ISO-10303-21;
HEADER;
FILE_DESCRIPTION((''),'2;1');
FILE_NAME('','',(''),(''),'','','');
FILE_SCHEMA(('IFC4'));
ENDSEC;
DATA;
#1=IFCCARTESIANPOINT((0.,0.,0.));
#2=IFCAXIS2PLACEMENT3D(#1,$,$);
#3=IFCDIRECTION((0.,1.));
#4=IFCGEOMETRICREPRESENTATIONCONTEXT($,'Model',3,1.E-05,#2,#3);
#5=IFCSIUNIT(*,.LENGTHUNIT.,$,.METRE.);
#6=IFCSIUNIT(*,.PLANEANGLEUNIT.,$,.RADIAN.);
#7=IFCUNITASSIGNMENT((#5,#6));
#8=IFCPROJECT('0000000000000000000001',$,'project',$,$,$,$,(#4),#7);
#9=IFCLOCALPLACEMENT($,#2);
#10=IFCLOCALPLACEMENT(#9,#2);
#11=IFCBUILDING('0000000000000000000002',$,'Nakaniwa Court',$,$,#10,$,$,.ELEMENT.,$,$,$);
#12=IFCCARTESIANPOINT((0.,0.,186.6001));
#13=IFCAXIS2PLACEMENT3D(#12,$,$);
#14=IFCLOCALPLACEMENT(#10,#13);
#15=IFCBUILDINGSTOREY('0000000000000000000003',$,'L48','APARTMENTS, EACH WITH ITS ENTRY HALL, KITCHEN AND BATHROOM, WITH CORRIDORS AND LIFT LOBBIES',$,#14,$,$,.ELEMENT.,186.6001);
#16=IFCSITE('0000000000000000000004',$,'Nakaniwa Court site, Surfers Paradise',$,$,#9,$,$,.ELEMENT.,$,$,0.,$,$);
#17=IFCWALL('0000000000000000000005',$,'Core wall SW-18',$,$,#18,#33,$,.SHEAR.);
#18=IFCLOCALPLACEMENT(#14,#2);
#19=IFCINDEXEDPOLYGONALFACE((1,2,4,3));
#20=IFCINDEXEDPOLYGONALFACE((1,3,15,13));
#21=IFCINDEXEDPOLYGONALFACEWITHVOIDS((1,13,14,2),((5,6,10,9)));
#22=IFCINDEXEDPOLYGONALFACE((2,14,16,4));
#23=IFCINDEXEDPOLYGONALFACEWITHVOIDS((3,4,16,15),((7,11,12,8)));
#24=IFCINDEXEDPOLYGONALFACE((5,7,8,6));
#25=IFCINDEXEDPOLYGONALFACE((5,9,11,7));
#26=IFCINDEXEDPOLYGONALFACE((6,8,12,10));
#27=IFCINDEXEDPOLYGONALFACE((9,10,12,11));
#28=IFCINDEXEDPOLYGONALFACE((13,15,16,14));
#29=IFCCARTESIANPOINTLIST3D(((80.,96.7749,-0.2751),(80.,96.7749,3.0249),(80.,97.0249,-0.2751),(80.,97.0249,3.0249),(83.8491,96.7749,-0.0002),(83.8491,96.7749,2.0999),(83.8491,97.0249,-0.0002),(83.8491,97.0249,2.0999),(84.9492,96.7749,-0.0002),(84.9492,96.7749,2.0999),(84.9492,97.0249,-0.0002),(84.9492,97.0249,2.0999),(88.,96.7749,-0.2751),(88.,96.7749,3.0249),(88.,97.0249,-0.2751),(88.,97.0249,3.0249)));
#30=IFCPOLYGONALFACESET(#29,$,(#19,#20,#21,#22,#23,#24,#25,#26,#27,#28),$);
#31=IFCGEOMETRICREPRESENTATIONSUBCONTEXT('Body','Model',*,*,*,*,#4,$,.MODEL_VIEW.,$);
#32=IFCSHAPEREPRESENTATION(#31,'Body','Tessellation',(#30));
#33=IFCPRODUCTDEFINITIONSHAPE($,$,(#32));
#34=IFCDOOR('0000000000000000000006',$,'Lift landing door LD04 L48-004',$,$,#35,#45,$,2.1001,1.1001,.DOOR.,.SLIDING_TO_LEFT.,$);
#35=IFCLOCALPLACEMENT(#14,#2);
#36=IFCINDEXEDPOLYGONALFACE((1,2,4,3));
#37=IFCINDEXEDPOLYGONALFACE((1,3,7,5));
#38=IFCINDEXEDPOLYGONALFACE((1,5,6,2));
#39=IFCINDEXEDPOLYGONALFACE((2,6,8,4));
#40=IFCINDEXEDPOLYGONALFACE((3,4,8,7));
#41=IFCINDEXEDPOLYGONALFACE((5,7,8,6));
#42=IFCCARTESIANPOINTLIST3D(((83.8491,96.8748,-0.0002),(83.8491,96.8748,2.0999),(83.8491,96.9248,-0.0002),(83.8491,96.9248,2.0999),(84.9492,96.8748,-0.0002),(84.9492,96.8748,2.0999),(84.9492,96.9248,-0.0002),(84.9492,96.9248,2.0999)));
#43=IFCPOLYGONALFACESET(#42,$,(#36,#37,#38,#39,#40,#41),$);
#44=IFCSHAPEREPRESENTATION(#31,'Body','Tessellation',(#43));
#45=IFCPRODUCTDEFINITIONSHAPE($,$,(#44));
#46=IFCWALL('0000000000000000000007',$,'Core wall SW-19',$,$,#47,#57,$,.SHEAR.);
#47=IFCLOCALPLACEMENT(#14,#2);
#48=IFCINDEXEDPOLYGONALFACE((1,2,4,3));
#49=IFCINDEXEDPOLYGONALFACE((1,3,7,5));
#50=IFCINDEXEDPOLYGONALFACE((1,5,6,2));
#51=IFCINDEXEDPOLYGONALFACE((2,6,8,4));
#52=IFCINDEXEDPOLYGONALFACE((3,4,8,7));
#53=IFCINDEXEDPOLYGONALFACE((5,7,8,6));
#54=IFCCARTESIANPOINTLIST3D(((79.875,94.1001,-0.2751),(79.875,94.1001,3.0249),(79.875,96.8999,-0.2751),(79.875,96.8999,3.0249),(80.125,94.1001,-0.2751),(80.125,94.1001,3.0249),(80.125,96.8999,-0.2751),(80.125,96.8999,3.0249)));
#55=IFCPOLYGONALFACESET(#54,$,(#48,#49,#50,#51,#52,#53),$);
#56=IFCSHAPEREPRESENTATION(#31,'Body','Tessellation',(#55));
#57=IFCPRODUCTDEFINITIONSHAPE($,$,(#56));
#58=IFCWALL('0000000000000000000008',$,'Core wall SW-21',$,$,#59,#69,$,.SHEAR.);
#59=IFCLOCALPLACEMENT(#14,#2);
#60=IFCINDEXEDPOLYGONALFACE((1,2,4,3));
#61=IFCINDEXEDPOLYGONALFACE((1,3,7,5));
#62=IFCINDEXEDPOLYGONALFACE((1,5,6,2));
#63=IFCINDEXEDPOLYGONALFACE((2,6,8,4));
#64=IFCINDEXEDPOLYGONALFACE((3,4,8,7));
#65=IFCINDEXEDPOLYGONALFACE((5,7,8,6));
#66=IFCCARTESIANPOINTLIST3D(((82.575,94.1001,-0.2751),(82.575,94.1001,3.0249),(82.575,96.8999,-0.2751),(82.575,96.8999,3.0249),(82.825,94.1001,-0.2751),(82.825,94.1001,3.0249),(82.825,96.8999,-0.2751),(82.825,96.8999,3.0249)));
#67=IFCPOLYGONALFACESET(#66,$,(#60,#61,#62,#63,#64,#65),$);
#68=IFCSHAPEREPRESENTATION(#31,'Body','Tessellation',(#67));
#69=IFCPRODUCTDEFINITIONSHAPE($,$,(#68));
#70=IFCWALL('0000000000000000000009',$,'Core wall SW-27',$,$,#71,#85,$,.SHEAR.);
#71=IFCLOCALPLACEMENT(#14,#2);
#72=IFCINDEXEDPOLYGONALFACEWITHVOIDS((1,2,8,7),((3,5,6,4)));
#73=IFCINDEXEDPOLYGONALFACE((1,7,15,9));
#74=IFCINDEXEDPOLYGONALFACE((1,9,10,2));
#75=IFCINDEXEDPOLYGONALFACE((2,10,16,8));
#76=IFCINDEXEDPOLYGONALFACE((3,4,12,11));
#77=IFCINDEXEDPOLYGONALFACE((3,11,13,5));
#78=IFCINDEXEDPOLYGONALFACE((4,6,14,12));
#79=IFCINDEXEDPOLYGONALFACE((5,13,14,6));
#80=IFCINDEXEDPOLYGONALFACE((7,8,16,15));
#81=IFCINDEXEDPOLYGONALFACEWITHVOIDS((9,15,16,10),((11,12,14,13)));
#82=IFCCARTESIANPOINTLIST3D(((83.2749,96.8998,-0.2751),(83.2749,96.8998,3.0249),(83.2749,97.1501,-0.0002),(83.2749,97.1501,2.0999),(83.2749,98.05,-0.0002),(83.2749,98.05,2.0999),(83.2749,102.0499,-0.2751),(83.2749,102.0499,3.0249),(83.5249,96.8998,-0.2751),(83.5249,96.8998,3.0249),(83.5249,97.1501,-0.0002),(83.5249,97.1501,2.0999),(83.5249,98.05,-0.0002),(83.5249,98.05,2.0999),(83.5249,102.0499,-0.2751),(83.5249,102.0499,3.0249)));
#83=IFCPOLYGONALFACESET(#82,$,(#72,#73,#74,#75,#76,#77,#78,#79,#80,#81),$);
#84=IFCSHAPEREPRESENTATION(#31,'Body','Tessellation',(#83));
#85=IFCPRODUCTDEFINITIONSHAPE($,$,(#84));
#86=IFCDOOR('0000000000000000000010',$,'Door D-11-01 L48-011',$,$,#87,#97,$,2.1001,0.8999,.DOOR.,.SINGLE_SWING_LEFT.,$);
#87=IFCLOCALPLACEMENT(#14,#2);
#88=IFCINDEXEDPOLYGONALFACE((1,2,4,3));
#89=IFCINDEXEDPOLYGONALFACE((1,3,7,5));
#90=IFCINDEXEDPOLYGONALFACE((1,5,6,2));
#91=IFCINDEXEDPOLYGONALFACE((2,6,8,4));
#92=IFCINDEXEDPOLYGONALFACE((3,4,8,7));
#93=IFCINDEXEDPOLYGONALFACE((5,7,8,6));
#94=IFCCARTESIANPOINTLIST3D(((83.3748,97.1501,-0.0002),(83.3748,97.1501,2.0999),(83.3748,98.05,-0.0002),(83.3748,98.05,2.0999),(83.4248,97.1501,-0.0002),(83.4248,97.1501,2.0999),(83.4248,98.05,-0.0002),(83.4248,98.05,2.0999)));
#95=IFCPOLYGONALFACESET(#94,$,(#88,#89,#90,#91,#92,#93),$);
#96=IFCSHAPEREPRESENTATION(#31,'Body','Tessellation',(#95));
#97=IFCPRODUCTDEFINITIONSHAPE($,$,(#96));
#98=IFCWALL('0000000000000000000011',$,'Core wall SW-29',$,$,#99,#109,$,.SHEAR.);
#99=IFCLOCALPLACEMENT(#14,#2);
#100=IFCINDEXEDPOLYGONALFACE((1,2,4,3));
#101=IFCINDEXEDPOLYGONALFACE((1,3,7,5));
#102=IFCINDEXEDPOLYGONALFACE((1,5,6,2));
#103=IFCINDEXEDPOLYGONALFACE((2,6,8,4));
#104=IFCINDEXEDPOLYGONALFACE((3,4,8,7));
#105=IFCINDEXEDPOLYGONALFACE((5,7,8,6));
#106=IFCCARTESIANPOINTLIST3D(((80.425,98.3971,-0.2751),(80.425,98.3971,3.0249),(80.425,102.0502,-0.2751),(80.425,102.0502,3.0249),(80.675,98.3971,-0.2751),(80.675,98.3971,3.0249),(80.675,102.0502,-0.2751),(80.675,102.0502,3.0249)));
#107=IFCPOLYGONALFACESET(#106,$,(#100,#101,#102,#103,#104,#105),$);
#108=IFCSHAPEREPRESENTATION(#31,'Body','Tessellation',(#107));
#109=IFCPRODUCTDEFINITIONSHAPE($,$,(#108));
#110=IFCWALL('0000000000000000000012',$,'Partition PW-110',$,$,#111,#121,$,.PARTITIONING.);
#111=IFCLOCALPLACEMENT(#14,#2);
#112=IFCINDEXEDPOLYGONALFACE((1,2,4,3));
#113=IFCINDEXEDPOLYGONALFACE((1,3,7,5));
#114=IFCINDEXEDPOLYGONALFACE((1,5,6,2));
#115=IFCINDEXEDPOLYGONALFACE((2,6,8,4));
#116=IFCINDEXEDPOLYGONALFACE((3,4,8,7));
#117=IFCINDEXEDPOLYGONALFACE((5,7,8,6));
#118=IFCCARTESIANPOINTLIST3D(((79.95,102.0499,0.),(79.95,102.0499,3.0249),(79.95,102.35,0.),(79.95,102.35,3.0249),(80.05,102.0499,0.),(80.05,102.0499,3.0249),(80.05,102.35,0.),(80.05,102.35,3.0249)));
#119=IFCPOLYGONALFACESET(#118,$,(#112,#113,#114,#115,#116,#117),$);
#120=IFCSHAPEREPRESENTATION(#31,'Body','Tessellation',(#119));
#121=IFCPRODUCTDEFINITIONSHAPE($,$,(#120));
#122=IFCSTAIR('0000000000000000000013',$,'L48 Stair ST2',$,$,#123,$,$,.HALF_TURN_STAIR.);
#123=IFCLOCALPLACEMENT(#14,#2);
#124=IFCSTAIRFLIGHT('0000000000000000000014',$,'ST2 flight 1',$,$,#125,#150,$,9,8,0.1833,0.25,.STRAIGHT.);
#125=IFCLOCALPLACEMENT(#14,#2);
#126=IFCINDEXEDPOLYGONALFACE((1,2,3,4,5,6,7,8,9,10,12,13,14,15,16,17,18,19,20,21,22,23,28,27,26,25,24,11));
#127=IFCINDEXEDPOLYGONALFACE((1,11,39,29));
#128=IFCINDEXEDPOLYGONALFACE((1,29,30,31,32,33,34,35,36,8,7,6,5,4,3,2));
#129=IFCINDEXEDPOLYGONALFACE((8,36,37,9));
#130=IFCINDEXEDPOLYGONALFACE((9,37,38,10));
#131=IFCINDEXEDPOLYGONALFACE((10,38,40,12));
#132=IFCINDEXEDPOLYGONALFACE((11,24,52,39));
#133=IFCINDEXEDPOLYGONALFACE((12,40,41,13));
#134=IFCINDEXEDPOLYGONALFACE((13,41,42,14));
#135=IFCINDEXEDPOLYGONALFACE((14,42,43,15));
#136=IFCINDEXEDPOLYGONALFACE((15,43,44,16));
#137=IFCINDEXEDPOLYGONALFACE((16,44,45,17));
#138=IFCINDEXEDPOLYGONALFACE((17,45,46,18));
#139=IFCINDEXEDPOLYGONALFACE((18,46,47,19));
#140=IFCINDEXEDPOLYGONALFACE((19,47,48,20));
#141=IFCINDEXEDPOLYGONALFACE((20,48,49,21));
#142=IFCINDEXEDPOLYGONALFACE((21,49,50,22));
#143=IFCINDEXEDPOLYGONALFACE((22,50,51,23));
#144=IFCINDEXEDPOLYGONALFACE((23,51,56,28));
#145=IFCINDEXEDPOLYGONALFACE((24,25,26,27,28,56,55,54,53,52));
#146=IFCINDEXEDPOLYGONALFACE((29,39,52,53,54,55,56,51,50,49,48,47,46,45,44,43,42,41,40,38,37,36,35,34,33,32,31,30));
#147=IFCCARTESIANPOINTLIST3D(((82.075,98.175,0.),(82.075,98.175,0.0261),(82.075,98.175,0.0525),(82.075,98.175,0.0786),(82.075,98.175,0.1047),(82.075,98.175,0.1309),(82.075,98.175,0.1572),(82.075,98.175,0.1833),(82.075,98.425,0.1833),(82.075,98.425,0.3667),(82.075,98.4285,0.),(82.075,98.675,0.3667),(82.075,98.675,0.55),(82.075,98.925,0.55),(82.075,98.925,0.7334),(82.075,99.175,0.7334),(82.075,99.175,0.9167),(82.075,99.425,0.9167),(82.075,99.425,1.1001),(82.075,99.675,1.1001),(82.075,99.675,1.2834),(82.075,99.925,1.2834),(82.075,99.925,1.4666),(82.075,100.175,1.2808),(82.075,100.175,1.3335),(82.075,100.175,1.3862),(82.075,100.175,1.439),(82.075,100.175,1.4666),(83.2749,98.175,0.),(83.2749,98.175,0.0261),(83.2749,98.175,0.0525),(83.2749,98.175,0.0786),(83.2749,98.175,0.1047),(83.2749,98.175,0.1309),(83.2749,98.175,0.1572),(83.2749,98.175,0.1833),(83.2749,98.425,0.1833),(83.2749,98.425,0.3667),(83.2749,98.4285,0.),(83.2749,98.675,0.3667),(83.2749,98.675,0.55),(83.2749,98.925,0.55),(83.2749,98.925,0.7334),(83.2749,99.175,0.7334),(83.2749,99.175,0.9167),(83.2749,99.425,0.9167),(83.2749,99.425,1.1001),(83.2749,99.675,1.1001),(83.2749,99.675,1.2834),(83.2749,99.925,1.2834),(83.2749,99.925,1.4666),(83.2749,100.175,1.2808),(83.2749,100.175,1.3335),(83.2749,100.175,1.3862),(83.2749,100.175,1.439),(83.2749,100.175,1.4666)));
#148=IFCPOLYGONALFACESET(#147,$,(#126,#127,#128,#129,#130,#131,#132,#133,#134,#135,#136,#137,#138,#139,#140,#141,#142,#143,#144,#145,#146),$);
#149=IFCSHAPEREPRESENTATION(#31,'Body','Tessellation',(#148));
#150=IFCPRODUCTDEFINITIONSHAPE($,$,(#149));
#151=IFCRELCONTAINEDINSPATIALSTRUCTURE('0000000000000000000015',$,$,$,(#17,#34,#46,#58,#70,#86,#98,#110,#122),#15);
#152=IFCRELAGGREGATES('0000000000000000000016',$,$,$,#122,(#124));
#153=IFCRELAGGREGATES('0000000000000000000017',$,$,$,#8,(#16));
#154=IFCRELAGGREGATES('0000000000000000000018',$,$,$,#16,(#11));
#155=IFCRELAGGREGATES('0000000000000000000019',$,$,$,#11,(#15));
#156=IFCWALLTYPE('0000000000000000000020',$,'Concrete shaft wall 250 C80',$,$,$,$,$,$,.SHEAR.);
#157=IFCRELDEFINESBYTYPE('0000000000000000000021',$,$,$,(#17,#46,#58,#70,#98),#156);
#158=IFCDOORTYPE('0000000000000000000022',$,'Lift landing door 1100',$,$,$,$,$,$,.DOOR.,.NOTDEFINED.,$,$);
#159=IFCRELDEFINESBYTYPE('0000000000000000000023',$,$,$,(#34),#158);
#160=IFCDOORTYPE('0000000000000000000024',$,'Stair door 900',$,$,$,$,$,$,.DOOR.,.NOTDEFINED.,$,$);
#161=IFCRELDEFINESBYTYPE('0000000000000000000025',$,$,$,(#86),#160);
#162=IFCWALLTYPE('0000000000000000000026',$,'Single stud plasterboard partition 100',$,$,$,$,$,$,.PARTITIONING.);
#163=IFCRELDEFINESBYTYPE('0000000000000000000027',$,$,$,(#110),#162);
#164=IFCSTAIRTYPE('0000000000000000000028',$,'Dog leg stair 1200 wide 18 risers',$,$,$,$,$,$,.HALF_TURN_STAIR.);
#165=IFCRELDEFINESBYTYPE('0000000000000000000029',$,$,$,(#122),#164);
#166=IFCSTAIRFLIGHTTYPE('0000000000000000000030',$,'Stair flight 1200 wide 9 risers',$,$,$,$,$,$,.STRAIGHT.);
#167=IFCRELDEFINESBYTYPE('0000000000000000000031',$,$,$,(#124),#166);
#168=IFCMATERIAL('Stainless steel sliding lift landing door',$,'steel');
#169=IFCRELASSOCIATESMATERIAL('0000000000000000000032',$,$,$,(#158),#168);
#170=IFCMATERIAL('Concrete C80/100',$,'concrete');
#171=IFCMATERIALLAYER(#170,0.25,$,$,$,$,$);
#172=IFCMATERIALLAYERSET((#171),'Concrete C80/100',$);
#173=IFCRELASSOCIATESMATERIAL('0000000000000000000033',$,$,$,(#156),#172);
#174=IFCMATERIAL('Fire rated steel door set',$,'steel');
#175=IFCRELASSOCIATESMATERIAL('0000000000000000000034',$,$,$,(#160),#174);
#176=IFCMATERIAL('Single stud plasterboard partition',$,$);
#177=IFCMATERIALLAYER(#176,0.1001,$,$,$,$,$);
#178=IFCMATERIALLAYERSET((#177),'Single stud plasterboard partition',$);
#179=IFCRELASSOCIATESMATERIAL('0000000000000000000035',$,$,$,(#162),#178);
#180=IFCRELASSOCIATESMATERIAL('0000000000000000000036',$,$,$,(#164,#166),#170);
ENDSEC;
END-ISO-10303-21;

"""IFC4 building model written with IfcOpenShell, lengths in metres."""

from ifc_helpers import new_model, si_unit, direction, frame, frame_2d, origin, place, context, subcontext, project, spatial, polyline, rectangle, outline, extrude, material, layer, layer_set, type_object, element, fill, aggregate, save


model = new_model("IFC4")

# Units and contexts
model_context = context("Model", 3, precision=1e-05, world=origin(), true_north=direction((0.0, 1.0)))
body_context = subcontext(model_context, "Body", "Model", "MODEL_VIEW")
ifc_project = project(units=[si_unit("LENGTHUNIT", "METRE"), si_unit("PLANEANGLEUNIT", "RADIAN")], contexts=[model_context])

# Site, building, storey
site_placement = place(None, origin())
site = spatial("IfcSite", under=ifc_project, at=site_placement, Name="Nakaniwa Court site, Surfers Paradise", CompositionType="ELEMENT", RefElevation=0.0)
building_placement = place(site_placement, origin())
building = spatial("IfcBuilding", under=site, at=building_placement, Name="Nakaniwa Court", CompositionType="ELEMENT")
storey_placement = place(building_placement, frame((0.0, 0.0, 186.6001)))
storey = spatial("IfcBuildingStorey", under=building, at=storey_placement, Name="L48", Description="APARTMENTS, EACH WITH ITS ENTRY HALL, KITCHEN AND BATHROOM, WITH CORRIDORS AND LIFT LOBBIES", CompositionType="ELEMENT", Elevation=186.6001)

# Shared definitions
ifc_material_1 = material(Name="Fire rated steel door set", Category="steel")
ifc_material_2 = material(Name="Concrete C80/100", Category="concrete")
ifc_material_3 = material(Name="Stainless steel sliding lift landing door", Category="steel")
door_type_1 = type_object("IfcDoorType", Name="Lift landing door 1100", OperationType="NOTDEFINED", PredefinedType="DOOR", material=ifc_material_3)

# Shared definitions
ifc_layer_1 = layer(ifc_material_2, 0.25)
ifc_layer_set_1 = layer_set([ifc_layer_1], Name="Concrete C80/100")
wall_type_1 = type_object("IfcWallType", Name="Concrete shaft wall 250 C80", PredefinedType="SHEAR", material=ifc_layer_set_1)

# Wall, opening, door
wall_1_placement = place(storey_placement, frame((80.0, 96.8999, -0.2751), z_axis=(0.0, 0.0, 1.0), x_axis=(1.0, 0.0, 0.0)))
wall_1 = element("IfcWall", 1, at=wall_1_placement, inside=storey, type_object=wall_type_1, Name="Core wall SW-18", PredefinedType="SHEAR", context=body_context, shape_type="SweptSolid", body=[
    extrude(rectangle(XDim=8.0, YDim=0.25, at=frame_2d((4.0, 0.0))), origin(), (0.0, 0.0, 1.0), 3.3),
])
opening_1_placement = place(wall_1_placement, frame((3.8491, 0.0, 0.2749)))
opening_1 = element("IfcOpeningElement", 2, at=opening_1_placement, cuts=wall_1, PredefinedType="OPENING", context=body_context, shape_type="SweptSolid", body=[
    extrude(rectangle(XDim=1.1001, YDim=2.1001, at=frame_2d((0.55, 1.05))), frame((0.0, 0.135, 0.0), z_axis=(0.0, -1.0, 0.0), x_axis=(1.0, 0.0, 0.0)), (0.0, 0.0, 1.0), 0.27),
])
door_1_placement = place(opening_1_placement, origin())
door_1 = element("IfcDoor", 3, at=door_1_placement, inside=storey, type_object=door_type_1, Name="Lift landing door LD04 L48-004", OperationType="SLIDING_TO_LEFT", OverallHeight=2.1001, OverallWidth=1.1001, PredefinedType="DOOR", context=body_context, shape_type="SweptSolid", body=[
    extrude(rectangle(XDim=1.1001, YDim=2.1001, at=frame_2d((0.55, 1.05))), frame((0.0, 0.0249, 0.0), z_axis=(0.0, -1.0, 0.0), x_axis=(1.0, 0.0, 0.0)), (0.0, 0.0, 1.0), 0.05),
])
fill(opening_1, door_1)

# Walls
for number, where, z_axis, x_axis, name in (
    (4, (80.0, 94.1001, -0.2751), (0.0, 0.0, 1.0), (0.0, 1.0, 0.0), "Core wall SW-19"),
    (5, (82.7, 94.1001, -0.2751), (0.0, 0.0, 1.0), (0.0, 1.0, 0.0), "Core wall SW-21"),
):
    element("IfcWall", number, at=place(storey_placement, frame(where, z_axis=z_axis, x_axis=x_axis)), inside=storey, type_object=wall_type_1, Name=name, PredefinedType="SHEAR", context=body_context, shape_type="SweptSolid", body=[
        extrude(rectangle(XDim=2.7998, YDim=0.25, at=frame_2d((1.3999, 0.0))), origin(), (0.0, 0.0, 1.0), 3.3),
    ])

# Wall, opening, door
wall_2_placement = place(storey_placement, frame((83.3999, 102.05, -0.2751), z_axis=(0.0, 0.0, 1.0), x_axis=(0.0, -1.0, 0.0)))
wall_2 = element("IfcWall", 6, at=wall_2_placement, inside=storey, type_object=wall_type_1, Name="Core wall SW-27", PredefinedType="SHEAR", context=body_context, shape_type="SweptSolid", body=[
    extrude(rectangle(XDim=5.1501, YDim=0.25, at=frame_2d((2.5752, 0.0))), origin(), (0.0, 0.0, 1.0), 3.3),
])
opening_2_placement = place(wall_2_placement, frame((4.0, 0.0, 0.2749)))
opening_2 = element("IfcOpeningElement", 7, at=opening_2_placement, cuts=wall_2, PredefinedType="OPENING", context=body_context, shape_type="SweptSolid", body=[
    extrude(rectangle(XDim=0.8999, YDim=2.1001, at=frame_2d((0.45, 1.05))), frame((0.0, 0.135, 0.0), z_axis=(0.0, -1.0, 0.0), x_axis=(1.0, 0.0, 0.0)), (0.0, 0.0, 1.0), 0.27),
])
door_type_2 = type_object("IfcDoorType", Name="Stair door 900", OperationType="NOTDEFINED", PredefinedType="DOOR", material=ifc_material_1)
door_2_placement = place(opening_2_placement, origin())
door_2 = element("IfcDoor", 8, at=door_2_placement, inside=storey, type_object=door_type_2, Name="Door D-11-01 L48-011", OperationType="SINGLE_SWING_LEFT", OverallHeight=2.1001, OverallWidth=0.8999, PredefinedType="DOOR", context=body_context, shape_type="SweptSolid", body=[
    extrude(rectangle(XDim=0.8999, YDim=2.1001, at=frame_2d((0.45, 1.05))), frame((0.0, 0.0249, 0.0), z_axis=(0.0, -1.0, 0.0), x_axis=(1.0, 0.0, 0.0)), (0.0, 0.0, 1.0), 0.05),
])
fill(opening_2, door_2)

# Walls
wall_3_placement = place(storey_placement, frame((80.55, 98.397, -0.2751), z_axis=(0.0, 0.0, 1.0), x_axis=(0.0, 1.0, 0.0)))
element("IfcWall", 9, at=wall_3_placement, inside=storey, type_object=wall_type_1, Name="Core wall SW-29", PredefinedType="SHEAR", context=body_context, shape_type="SweptSolid", body=[
    extrude(rectangle(XDim=3.6531, YDim=0.25, at=frame_2d((1.8267, 0.0))), origin(), (0.0, 0.0, 1.0), 3.3),
])
ifc_material_4 = material(Name="Single stud plasterboard partition")
ifc_layer_2 = layer(ifc_material_4, 0.1001)
ifc_layer_set_2 = layer_set([ifc_layer_2], Name="Single stud plasterboard partition")
wall_type_2 = type_object("IfcWallType", Name="Single stud plasterboard partition 100", PredefinedType="PARTITIONING", material=ifc_layer_set_2)
wall_4_placement = place(storey_placement, frame((80.0, 102.05, 0.0), z_axis=(0.0, 0.0, 1.0), x_axis=(0.0, 1.0, 0.0)))
element("IfcWall", 10, at=wall_4_placement, inside=storey, type_object=wall_type_2, Name="Partition PW-110", PredefinedType="PARTITIONING", context=body_context, shape_type="SweptSolid", body=[
    extrude(rectangle(XDim=0.3, YDim=0.1001, at=frame_2d((0.1499, 0.0))), origin(), (0.0, 0.0, 1.0), 3.0249),
])

# Stair, stair flight
stair_type = type_object("IfcStairType", Name="Dog leg stair 1200 wide 18 risers", PredefinedType="HALF_TURN_STAIR", material=ifc_material_2)
stair_placement = place(storey_placement, origin())
stair = element("IfcStair", 11, at=stair_placement, inside=storey, type_object=stair_type, Name="L48 Stair ST2", PredefinedType="HALF_TURN_STAIR")
stair_flight_type = type_object("IfcStairFlightType", Name="Stair flight 1200 wide 9 risers", PredefinedType="STRAIGHT", material=ifc_material_2)
stair_flight_1_placement = place(storey_placement, frame((82.675, 98.175, 0.0), z_axis=(0.0, 0.0, 1.0), x_axis=(0.0, 1.0, 0.0)))
stair_flight_1 = element("IfcStairFlight", 12, at=stair_flight_1_placement, type_object=stair_flight_type, Name="ST2 flight 1", NumberOfRisers=9, NumberOfTreads=8, PredefinedType="STRAIGHT", RiserHeight=0.1833, TreadLength=0.25, context=body_context, shape_type="SweptSolid", body=[
    extrude(outline(polyline([(0.0, 0.0), (0.0, 0.0261), (0.0, 0.0525), (0.0, 0.0786), (0.0, 0.1047), (0.0, 0.1309), (0.0, 0.1572), (0.0, 0.1833), (0.25, 0.1833), (0.25, 0.3667), (0.5, 0.3667), (0.5, 0.55), (0.75, 0.55), (0.75, 0.7334), (1.0, 0.7334), (1.0, 0.9167), (1.25, 0.9167), (1.25, 1.1001), (1.5, 1.1001), (1.5, 1.2834), (1.75, 1.2834), (1.75, 1.4666), (2.0, 1.4666), (2.0, 1.6499), (2.0, 1.5972), (2.0, 1.5444), (2.0, 1.4917), (2.0, 1.439), (2.0, 1.3862), (2.0, 1.3335), (2.0, 1.2808), (0.2534, 0.0), (0.0, 0.0)])), frame((0.0, 0.6001, 0.0), z_axis=(0.0, -1.0, 0.0), x_axis=(1.0, 0.0, 0.0)), (0.0, 0.0, 1.0), 1.2),
])
aggregate(stair, [stair_flight_1])

save(model, "model.ifc")
